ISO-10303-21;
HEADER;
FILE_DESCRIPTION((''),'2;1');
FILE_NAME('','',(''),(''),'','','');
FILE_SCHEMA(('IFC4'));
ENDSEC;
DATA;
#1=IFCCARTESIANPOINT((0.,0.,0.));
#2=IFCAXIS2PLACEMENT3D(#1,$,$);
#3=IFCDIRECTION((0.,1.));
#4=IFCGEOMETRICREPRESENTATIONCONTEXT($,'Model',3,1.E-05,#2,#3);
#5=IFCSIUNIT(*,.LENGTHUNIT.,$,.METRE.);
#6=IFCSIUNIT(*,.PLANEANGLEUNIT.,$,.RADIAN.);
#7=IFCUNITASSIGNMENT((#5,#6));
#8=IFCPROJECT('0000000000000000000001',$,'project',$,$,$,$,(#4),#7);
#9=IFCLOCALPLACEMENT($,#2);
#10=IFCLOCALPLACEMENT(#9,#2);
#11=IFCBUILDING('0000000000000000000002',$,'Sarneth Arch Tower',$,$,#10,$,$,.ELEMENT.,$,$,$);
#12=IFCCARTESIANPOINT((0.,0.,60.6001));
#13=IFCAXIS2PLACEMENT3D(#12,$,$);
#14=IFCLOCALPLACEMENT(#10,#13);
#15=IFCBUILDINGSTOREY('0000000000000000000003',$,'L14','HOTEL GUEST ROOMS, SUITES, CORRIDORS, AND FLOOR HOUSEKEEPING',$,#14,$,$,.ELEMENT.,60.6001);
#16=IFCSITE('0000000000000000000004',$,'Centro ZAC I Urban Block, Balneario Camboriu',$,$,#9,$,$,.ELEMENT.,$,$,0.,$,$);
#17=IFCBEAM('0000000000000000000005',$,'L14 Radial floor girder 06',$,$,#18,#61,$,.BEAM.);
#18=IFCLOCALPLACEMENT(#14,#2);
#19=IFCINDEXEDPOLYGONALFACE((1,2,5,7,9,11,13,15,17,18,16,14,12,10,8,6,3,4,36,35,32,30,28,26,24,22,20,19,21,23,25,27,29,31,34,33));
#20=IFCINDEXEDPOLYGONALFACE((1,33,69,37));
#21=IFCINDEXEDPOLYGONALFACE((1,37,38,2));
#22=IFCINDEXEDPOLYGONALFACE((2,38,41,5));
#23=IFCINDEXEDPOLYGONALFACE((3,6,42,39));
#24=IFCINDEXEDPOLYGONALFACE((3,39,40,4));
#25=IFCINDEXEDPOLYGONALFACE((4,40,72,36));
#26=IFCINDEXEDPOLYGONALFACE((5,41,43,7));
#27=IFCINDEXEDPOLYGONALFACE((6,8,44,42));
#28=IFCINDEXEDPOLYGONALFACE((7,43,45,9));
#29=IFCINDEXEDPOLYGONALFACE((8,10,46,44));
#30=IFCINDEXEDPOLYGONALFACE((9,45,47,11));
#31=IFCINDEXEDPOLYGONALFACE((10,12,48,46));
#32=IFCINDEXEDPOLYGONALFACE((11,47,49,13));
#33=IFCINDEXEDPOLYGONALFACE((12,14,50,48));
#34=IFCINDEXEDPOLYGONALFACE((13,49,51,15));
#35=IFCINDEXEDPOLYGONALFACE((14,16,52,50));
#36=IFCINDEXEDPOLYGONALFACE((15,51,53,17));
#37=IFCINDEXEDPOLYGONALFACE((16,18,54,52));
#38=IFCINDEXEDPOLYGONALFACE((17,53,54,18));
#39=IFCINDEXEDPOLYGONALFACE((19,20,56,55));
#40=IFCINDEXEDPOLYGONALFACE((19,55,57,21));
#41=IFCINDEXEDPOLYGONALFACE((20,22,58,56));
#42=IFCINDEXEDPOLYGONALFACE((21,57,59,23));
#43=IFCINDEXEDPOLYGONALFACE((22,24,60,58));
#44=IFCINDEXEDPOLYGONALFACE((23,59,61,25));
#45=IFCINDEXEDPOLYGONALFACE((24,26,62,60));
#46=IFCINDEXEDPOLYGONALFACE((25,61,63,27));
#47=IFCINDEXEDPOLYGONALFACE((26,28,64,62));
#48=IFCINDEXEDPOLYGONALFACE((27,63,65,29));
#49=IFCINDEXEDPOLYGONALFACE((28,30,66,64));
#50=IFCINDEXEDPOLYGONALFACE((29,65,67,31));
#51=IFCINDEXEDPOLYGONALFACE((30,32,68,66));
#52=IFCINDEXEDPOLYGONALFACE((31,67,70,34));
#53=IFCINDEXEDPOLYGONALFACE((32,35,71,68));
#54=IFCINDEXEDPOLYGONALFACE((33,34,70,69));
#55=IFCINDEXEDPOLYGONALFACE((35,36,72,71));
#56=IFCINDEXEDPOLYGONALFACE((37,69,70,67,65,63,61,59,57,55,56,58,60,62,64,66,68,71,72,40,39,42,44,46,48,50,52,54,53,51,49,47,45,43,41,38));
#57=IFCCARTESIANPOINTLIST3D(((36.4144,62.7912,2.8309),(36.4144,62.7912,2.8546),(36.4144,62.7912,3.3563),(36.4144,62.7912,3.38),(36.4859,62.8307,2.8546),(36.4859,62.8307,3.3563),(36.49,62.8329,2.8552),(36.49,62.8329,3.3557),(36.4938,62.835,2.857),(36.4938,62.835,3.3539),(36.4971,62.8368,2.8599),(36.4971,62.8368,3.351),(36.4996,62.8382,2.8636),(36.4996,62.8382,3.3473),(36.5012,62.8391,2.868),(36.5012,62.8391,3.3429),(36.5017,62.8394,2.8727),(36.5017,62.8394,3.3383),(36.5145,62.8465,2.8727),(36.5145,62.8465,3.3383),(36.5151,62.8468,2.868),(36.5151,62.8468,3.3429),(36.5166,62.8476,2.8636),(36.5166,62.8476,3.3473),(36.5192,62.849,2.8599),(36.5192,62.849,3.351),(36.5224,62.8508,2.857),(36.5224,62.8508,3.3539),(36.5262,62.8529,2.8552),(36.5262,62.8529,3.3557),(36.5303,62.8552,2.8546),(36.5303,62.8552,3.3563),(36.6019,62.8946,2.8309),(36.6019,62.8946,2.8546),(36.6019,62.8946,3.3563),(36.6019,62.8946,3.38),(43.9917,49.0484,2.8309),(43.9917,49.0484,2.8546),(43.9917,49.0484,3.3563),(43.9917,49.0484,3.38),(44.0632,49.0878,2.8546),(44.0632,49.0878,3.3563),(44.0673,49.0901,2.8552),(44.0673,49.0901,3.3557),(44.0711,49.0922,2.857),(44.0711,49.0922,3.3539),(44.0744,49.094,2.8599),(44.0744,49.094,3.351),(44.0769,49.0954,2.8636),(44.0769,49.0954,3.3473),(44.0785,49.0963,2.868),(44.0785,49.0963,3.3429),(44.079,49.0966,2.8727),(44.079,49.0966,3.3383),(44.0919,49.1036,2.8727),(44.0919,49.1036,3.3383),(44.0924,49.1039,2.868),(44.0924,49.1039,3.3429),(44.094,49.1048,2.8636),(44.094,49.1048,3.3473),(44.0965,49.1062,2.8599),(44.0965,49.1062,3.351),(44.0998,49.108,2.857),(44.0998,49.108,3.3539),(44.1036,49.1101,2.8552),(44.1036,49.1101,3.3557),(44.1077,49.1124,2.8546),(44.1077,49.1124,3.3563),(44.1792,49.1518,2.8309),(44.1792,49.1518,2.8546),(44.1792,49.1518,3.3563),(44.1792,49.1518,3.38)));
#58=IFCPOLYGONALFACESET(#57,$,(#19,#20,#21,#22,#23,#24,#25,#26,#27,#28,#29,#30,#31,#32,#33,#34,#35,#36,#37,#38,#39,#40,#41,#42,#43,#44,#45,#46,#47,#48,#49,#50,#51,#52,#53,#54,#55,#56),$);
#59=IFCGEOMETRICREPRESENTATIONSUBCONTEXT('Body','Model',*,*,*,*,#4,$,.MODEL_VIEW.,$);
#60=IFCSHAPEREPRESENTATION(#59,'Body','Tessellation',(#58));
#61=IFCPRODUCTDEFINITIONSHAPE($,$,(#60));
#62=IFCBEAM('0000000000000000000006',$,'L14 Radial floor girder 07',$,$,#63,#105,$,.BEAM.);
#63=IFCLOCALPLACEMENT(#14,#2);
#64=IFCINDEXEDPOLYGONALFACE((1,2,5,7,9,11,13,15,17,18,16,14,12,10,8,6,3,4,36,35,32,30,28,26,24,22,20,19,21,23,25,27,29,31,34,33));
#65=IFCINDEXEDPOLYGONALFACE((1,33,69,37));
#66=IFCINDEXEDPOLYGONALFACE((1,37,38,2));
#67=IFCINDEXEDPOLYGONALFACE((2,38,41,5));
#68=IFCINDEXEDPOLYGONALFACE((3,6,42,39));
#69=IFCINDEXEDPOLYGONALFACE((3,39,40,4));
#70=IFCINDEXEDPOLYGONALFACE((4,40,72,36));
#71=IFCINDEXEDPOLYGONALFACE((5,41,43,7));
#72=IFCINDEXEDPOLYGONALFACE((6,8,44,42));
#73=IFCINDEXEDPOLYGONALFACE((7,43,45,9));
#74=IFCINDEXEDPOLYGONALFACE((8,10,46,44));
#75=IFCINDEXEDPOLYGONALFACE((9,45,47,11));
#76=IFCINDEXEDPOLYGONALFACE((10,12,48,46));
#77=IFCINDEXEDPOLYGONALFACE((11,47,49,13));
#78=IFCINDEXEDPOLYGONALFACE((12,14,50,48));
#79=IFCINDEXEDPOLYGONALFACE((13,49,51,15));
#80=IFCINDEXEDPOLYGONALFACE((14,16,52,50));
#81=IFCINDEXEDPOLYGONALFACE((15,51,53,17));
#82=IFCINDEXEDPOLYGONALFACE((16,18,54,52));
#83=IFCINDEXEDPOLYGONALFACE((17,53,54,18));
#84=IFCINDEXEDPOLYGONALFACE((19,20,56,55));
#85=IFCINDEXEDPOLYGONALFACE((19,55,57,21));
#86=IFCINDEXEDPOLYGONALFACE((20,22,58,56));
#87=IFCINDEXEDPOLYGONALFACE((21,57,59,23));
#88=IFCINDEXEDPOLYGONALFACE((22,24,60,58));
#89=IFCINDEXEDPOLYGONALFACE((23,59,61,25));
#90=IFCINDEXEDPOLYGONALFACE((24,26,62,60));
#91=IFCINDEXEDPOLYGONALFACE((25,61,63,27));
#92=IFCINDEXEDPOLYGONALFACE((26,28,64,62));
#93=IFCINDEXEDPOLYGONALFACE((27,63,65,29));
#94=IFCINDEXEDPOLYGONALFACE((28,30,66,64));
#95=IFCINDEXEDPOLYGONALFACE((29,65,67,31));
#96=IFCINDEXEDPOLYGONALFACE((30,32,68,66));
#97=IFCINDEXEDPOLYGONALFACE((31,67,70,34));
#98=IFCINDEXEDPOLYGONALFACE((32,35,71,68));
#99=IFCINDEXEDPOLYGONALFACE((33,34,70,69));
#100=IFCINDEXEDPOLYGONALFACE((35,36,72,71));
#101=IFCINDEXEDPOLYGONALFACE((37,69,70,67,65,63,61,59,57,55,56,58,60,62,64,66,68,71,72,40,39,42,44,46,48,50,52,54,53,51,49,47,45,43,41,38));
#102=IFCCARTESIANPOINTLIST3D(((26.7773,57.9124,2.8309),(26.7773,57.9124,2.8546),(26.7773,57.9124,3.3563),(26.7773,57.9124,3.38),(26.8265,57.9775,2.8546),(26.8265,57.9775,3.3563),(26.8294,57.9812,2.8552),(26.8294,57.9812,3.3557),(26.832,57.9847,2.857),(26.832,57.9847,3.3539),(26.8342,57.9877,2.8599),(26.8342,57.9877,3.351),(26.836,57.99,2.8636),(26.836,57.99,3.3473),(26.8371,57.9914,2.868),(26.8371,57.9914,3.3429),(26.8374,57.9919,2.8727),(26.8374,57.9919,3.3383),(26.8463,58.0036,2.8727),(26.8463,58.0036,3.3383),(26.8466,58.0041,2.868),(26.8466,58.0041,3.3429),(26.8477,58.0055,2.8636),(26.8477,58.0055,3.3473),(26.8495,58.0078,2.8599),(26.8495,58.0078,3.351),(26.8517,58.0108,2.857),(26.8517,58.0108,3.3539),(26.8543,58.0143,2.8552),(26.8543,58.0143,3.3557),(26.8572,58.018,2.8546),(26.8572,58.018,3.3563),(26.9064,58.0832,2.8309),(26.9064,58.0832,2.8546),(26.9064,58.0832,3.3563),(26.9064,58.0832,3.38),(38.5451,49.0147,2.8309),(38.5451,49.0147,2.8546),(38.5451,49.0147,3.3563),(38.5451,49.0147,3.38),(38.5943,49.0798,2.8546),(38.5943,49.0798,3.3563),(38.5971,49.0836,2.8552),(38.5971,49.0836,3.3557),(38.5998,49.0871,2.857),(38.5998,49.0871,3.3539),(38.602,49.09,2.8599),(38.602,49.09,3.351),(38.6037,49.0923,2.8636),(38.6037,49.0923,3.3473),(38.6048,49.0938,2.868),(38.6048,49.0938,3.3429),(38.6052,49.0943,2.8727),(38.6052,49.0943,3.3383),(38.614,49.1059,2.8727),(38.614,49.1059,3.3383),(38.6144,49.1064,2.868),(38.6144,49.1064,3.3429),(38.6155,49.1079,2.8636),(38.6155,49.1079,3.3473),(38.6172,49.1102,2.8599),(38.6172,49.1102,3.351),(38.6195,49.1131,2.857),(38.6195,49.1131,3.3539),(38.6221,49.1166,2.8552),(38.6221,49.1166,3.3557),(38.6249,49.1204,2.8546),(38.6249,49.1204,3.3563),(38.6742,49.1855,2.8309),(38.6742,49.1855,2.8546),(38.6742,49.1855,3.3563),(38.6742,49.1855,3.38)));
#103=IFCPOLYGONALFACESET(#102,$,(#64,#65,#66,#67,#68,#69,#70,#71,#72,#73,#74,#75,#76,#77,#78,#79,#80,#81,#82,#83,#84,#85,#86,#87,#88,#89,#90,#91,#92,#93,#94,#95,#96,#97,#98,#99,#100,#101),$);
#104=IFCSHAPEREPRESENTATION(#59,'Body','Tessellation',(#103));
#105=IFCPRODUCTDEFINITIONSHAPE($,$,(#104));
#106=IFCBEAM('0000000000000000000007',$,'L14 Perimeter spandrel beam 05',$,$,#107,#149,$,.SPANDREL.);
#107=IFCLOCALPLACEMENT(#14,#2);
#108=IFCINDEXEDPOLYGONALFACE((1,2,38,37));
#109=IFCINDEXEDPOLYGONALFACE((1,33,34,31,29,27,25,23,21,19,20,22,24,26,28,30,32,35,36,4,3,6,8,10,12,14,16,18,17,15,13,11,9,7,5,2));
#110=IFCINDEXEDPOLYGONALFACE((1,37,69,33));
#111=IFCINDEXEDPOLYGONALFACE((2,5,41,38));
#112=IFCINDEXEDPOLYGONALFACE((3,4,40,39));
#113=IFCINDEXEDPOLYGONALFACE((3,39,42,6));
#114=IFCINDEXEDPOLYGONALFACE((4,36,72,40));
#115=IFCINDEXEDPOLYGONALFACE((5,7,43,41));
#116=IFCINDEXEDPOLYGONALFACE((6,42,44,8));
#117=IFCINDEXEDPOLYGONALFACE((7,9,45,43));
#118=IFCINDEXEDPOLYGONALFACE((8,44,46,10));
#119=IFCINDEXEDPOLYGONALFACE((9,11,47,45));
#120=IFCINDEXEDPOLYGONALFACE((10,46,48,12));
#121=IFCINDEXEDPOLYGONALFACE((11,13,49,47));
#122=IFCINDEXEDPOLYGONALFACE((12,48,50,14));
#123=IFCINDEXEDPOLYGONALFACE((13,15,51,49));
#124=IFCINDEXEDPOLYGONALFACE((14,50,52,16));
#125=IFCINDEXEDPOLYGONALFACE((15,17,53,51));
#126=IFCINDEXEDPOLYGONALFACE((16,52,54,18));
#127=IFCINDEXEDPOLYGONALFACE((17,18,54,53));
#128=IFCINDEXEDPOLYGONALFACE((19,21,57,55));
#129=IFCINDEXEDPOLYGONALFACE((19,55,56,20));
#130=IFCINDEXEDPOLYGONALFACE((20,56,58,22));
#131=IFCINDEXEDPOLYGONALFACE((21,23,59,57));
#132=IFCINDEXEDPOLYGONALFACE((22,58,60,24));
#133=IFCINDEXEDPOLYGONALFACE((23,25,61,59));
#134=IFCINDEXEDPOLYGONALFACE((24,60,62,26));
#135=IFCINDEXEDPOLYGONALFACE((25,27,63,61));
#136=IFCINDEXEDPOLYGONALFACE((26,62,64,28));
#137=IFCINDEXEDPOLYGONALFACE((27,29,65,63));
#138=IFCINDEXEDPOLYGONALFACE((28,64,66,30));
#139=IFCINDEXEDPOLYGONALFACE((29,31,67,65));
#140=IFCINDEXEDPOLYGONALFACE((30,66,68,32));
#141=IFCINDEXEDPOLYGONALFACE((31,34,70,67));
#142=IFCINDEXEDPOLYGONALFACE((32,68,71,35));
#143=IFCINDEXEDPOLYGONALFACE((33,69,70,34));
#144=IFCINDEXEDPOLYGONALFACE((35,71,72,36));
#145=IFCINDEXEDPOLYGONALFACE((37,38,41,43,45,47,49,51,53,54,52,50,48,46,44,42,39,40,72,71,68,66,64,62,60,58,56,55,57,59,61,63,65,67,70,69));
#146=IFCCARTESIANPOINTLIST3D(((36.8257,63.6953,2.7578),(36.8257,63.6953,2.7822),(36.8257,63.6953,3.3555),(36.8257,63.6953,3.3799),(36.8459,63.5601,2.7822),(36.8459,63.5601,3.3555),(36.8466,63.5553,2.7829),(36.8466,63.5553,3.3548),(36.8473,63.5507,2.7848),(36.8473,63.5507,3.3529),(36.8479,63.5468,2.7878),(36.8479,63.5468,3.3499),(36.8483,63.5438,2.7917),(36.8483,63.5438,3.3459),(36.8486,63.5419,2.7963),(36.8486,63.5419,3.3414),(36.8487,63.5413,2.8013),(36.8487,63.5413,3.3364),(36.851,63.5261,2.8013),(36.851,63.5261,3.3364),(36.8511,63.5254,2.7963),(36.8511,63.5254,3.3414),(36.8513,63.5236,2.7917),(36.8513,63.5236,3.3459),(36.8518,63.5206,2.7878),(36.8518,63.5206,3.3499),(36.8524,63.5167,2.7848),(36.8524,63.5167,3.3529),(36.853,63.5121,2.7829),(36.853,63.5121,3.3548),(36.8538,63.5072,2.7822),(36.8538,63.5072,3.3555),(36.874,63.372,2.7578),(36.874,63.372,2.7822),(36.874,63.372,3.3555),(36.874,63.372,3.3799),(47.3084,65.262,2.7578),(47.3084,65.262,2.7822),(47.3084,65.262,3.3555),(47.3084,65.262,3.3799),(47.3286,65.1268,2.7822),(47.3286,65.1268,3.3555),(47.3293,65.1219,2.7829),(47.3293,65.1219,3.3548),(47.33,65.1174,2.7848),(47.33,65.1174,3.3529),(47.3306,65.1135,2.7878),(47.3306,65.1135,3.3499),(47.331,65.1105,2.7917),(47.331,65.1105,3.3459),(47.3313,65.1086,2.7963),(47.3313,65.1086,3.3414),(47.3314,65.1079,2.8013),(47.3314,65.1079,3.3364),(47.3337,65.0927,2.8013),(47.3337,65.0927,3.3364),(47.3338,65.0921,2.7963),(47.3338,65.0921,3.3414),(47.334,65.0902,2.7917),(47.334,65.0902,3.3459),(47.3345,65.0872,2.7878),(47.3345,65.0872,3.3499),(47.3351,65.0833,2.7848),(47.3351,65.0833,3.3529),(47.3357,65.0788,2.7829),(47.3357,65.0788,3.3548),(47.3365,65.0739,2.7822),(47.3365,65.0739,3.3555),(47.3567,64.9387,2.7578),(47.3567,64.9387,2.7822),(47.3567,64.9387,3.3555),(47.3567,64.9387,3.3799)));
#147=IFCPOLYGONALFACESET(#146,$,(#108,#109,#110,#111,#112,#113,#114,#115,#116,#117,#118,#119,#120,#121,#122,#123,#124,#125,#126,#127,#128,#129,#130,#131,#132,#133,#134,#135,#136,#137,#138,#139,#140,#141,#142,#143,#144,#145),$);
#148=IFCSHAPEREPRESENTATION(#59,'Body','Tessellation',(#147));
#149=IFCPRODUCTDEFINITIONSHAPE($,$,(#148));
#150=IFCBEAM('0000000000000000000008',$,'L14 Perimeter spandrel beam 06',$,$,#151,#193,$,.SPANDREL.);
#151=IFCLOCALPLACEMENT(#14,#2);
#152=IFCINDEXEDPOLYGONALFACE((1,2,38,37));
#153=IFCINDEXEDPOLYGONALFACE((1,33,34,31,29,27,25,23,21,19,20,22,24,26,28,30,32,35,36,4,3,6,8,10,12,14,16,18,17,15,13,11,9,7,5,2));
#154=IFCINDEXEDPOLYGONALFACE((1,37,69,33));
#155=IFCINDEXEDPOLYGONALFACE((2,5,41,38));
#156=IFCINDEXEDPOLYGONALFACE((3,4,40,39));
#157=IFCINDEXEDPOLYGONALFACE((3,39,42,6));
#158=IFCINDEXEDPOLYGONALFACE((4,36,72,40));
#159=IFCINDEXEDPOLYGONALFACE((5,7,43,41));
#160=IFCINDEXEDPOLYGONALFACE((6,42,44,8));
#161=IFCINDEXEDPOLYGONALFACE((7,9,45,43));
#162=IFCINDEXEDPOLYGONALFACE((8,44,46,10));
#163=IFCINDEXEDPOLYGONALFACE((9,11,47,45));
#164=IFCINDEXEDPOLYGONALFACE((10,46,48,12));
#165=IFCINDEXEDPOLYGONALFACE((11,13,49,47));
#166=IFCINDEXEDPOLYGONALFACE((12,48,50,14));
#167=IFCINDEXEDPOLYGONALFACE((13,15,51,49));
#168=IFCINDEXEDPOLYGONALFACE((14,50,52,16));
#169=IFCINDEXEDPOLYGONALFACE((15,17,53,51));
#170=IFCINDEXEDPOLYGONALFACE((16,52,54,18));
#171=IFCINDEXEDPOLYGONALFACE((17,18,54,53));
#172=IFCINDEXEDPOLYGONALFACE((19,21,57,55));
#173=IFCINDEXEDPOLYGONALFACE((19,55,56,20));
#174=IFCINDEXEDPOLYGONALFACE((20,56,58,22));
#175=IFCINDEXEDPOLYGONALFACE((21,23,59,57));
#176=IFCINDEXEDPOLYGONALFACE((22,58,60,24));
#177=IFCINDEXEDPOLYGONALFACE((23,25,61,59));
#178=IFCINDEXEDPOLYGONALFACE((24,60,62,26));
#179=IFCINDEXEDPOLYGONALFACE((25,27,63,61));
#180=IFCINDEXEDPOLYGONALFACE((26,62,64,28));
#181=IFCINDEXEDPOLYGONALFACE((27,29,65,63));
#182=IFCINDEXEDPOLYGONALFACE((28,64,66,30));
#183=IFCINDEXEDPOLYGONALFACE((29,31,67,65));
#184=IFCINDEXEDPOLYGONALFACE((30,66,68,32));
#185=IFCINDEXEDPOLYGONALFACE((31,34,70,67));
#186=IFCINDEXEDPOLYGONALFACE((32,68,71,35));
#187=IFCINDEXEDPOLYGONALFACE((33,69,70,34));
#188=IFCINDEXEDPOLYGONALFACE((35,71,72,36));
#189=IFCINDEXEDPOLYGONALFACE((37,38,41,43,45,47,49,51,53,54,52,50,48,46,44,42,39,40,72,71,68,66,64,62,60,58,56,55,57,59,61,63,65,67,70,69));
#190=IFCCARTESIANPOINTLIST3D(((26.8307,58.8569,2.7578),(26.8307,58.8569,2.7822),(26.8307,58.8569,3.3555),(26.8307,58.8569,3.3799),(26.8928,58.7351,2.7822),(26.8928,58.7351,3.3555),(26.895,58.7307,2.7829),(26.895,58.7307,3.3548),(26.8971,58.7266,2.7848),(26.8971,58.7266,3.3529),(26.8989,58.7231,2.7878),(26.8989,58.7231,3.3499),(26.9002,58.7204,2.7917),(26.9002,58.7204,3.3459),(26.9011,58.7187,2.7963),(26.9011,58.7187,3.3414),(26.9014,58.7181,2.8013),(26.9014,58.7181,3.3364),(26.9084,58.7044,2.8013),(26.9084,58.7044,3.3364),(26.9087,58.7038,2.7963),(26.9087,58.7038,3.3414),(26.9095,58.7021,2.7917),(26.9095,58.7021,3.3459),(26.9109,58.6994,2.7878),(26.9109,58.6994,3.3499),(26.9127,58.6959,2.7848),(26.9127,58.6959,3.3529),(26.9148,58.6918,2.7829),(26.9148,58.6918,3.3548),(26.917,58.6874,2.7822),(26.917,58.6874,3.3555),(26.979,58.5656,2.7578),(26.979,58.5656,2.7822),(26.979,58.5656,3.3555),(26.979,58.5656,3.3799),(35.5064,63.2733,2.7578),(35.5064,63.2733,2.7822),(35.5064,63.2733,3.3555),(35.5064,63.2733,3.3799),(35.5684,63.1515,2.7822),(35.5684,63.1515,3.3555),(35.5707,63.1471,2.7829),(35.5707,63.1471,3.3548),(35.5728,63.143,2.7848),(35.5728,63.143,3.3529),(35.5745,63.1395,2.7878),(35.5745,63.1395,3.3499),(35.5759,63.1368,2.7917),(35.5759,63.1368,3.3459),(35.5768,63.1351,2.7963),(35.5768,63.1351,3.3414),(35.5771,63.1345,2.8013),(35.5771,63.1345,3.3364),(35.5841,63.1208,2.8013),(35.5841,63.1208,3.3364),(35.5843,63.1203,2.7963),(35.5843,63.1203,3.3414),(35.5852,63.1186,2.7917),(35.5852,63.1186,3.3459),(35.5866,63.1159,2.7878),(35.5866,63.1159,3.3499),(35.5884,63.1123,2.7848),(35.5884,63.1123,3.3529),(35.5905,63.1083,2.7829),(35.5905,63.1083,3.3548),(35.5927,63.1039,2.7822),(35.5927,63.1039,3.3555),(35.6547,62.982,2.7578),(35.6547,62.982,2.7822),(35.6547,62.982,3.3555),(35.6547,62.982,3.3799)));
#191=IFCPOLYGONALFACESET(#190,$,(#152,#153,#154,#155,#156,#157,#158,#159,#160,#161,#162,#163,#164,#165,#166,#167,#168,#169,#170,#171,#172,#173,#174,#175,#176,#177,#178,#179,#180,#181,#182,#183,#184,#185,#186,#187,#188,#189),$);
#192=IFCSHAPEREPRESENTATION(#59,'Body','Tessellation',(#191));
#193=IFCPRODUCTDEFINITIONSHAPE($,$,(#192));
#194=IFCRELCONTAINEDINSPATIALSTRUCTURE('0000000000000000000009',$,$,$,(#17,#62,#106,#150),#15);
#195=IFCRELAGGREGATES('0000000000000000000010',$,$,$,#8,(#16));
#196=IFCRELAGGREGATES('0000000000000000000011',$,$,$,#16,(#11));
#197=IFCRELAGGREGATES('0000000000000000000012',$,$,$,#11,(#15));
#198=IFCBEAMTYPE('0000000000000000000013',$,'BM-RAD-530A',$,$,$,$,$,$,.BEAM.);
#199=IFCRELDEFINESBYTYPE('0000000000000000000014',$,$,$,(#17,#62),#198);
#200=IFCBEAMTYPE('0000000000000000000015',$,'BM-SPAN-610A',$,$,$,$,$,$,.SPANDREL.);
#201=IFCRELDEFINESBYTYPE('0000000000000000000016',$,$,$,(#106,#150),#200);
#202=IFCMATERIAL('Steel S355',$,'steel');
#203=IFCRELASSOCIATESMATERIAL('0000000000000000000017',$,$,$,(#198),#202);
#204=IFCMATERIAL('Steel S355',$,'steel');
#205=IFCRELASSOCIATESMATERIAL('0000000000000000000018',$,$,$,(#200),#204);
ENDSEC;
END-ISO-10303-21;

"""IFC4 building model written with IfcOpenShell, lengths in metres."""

from ifc_helpers import new_model, si_unit, direction, frame, origin, origin_2d, place, context, subcontext, project, spatial, i_section, extrude, material, material_profile, profile_set, type_object, element, save


model = new_model("IFC4")

# Units and contexts
model_context = context("Model", 3, precision=1e-05, world=origin(), true_north=direction((0.0, 1.0)))
body_context = subcontext(model_context, "Body", "Model", "MODEL_VIEW")
ifc_project = project(units=[si_unit("LENGTHUNIT", "METRE"), si_unit("PLANEANGLEUNIT", "RADIAN")], contexts=[model_context])

# Site, building, storey
site_placement = place(None, origin())
site = spatial("IfcSite", under=ifc_project, at=site_placement, Name="Centro ZAC I Urban Block, Balneario Camboriu", CompositionType="ELEMENT", RefElevation=0.0)
building_placement = place(site_placement, origin())
building = spatial("IfcBuilding", under=site, at=building_placement, Name="Sarneth Arch Tower", CompositionType="ELEMENT")
storey_placement = place(building_placement, frame((0.0, 0.0, 60.6001)))
storey = spatial("IfcBuildingStorey", under=building, at=storey_placement, Name="L14", Description="HOTEL GUEST ROOMS, SUITES, CORRIDORS, AND FLOOR HOUSEKEEPING", CompositionType="ELEMENT", Elevation=60.6001)

# Beams
ifc_material_1 = material(Name="Steel S355", Category="steel")
ifc_material_profile_1 = material_profile(ifc_material_1, i_section(OverallWidth=0.2141, OverallDepth=0.5491, WebThickness=0.0146, FlangeThickness=0.0237, FilletRadius=0.0181, at=origin_2d()), Name="W530x138")
ifc_profile_set_1 = profile_set([ifc_material_profile_1], Name="Steel S355")
beam_type_1 = type_object("IfcBeamType", Name="BM-RAD-530A", PredefinedType="BEAM", material=ifc_profile_set_1)
beam_1_placement = place(storey_placement, frame((44.0854, 49.1001, 3.1055), z_axis=(-0.482838, 0.87571, 0.0), x_axis=(-0.87571, -0.482838, 0.0)))
element("IfcBeam", 1, at=beam_1_placement, inside=storey, type_object=beam_type_1, Name="L14 Radial floor girder 06", PredefinedType="BEAM", context=body_context, shape_type="SweptSolid", body=[
    extrude(i_section(OverallWidth=0.2141, OverallDepth=0.5491, WebThickness=0.0146, FlangeThickness=0.0237, FilletRadius=0.0181, at=origin_2d()), origin(), (0.0, 0.0, 1.0), 15.6934),
])
beam_2_placement = place(storey_placement, frame((38.6096, 49.1001, 3.1055), z_axis=(-0.797657, 0.603112, 0.0), x_axis=(-0.603112, -0.797657, 0.0)))
element("IfcBeam", 2, at=beam_2_placement, inside=storey, type_object=beam_type_1, Name="L14 Radial floor girder 07", PredefinedType="BEAM", context=body_context, shape_type="SweptSolid", body=[
    extrude(i_section(OverallWidth=0.2141, OverallDepth=0.5491, WebThickness=0.0146, FlangeThickness=0.0237, FilletRadius=0.0181, at=origin_2d()), origin(), (0.0, 0.0, 1.0), 14.7529),
])
ifc_material_2 = material(Name="Steel S355", Category="steel")
ifc_material_profile_2 = material_profile(ifc_material_2, i_section(OverallWidth=0.3269, OverallDepth=0.6221, WebThickness=0.0154, FlangeThickness=0.0244, FilletRadius=0.019, at=origin_2d()), Name="W610x195")
ifc_profile_set_2 = profile_set([ifc_material_profile_2], Name="Steel S355")
beam_type_2 = type_object("IfcBeamType", Name="BM-SPAN-610A", PredefinedType="SPANDREL", material=ifc_profile_set_2)
beam_3_placement = place(storey_placement, frame((47.3325, 65.1003, 3.0688), z_axis=(-0.989016, -0.14781, 0.0), x_axis=(0.14781, -0.989016, 0.0)))
element("IfcBeam", 3, at=beam_3_placement, inside=storey, type_object=beam_type_2, Name="L14 Perimeter spandrel beam 05", PredefinedType="SPANDREL", context=body_context, shape_type="SweptSolid", body=[
    extrude(i_section(OverallWidth=0.3269, OverallDepth=0.6221, WebThickness=0.0154, FlangeThickness=0.0244, FilletRadius=0.019, at=origin_2d()), origin(), (0.0, 0.0, 1.0), 10.5991),
])
beam_4_placement = place(storey_placement, frame((35.5806, 63.1277, 3.0688), z_axis=(-0.891174, -0.453662, 0.0), x_axis=(0.453662, -0.891174, 0.0)))
element("IfcBeam", 4, at=beam_4_placement, inside=storey, type_object=beam_type_2, Name="L14 Perimeter spandrel beam 06", PredefinedType="SPANDREL", context=body_context, shape_type="SweptSolid", body=[
    extrude(i_section(OverallWidth=0.3269, OverallDepth=0.6221, WebThickness=0.0154, FlangeThickness=0.0244, FilletRadius=0.019, at=origin_2d()), origin(), (0.0, 0.0, 1.0), 9.7351),
])

save(model, "model.ifc")
